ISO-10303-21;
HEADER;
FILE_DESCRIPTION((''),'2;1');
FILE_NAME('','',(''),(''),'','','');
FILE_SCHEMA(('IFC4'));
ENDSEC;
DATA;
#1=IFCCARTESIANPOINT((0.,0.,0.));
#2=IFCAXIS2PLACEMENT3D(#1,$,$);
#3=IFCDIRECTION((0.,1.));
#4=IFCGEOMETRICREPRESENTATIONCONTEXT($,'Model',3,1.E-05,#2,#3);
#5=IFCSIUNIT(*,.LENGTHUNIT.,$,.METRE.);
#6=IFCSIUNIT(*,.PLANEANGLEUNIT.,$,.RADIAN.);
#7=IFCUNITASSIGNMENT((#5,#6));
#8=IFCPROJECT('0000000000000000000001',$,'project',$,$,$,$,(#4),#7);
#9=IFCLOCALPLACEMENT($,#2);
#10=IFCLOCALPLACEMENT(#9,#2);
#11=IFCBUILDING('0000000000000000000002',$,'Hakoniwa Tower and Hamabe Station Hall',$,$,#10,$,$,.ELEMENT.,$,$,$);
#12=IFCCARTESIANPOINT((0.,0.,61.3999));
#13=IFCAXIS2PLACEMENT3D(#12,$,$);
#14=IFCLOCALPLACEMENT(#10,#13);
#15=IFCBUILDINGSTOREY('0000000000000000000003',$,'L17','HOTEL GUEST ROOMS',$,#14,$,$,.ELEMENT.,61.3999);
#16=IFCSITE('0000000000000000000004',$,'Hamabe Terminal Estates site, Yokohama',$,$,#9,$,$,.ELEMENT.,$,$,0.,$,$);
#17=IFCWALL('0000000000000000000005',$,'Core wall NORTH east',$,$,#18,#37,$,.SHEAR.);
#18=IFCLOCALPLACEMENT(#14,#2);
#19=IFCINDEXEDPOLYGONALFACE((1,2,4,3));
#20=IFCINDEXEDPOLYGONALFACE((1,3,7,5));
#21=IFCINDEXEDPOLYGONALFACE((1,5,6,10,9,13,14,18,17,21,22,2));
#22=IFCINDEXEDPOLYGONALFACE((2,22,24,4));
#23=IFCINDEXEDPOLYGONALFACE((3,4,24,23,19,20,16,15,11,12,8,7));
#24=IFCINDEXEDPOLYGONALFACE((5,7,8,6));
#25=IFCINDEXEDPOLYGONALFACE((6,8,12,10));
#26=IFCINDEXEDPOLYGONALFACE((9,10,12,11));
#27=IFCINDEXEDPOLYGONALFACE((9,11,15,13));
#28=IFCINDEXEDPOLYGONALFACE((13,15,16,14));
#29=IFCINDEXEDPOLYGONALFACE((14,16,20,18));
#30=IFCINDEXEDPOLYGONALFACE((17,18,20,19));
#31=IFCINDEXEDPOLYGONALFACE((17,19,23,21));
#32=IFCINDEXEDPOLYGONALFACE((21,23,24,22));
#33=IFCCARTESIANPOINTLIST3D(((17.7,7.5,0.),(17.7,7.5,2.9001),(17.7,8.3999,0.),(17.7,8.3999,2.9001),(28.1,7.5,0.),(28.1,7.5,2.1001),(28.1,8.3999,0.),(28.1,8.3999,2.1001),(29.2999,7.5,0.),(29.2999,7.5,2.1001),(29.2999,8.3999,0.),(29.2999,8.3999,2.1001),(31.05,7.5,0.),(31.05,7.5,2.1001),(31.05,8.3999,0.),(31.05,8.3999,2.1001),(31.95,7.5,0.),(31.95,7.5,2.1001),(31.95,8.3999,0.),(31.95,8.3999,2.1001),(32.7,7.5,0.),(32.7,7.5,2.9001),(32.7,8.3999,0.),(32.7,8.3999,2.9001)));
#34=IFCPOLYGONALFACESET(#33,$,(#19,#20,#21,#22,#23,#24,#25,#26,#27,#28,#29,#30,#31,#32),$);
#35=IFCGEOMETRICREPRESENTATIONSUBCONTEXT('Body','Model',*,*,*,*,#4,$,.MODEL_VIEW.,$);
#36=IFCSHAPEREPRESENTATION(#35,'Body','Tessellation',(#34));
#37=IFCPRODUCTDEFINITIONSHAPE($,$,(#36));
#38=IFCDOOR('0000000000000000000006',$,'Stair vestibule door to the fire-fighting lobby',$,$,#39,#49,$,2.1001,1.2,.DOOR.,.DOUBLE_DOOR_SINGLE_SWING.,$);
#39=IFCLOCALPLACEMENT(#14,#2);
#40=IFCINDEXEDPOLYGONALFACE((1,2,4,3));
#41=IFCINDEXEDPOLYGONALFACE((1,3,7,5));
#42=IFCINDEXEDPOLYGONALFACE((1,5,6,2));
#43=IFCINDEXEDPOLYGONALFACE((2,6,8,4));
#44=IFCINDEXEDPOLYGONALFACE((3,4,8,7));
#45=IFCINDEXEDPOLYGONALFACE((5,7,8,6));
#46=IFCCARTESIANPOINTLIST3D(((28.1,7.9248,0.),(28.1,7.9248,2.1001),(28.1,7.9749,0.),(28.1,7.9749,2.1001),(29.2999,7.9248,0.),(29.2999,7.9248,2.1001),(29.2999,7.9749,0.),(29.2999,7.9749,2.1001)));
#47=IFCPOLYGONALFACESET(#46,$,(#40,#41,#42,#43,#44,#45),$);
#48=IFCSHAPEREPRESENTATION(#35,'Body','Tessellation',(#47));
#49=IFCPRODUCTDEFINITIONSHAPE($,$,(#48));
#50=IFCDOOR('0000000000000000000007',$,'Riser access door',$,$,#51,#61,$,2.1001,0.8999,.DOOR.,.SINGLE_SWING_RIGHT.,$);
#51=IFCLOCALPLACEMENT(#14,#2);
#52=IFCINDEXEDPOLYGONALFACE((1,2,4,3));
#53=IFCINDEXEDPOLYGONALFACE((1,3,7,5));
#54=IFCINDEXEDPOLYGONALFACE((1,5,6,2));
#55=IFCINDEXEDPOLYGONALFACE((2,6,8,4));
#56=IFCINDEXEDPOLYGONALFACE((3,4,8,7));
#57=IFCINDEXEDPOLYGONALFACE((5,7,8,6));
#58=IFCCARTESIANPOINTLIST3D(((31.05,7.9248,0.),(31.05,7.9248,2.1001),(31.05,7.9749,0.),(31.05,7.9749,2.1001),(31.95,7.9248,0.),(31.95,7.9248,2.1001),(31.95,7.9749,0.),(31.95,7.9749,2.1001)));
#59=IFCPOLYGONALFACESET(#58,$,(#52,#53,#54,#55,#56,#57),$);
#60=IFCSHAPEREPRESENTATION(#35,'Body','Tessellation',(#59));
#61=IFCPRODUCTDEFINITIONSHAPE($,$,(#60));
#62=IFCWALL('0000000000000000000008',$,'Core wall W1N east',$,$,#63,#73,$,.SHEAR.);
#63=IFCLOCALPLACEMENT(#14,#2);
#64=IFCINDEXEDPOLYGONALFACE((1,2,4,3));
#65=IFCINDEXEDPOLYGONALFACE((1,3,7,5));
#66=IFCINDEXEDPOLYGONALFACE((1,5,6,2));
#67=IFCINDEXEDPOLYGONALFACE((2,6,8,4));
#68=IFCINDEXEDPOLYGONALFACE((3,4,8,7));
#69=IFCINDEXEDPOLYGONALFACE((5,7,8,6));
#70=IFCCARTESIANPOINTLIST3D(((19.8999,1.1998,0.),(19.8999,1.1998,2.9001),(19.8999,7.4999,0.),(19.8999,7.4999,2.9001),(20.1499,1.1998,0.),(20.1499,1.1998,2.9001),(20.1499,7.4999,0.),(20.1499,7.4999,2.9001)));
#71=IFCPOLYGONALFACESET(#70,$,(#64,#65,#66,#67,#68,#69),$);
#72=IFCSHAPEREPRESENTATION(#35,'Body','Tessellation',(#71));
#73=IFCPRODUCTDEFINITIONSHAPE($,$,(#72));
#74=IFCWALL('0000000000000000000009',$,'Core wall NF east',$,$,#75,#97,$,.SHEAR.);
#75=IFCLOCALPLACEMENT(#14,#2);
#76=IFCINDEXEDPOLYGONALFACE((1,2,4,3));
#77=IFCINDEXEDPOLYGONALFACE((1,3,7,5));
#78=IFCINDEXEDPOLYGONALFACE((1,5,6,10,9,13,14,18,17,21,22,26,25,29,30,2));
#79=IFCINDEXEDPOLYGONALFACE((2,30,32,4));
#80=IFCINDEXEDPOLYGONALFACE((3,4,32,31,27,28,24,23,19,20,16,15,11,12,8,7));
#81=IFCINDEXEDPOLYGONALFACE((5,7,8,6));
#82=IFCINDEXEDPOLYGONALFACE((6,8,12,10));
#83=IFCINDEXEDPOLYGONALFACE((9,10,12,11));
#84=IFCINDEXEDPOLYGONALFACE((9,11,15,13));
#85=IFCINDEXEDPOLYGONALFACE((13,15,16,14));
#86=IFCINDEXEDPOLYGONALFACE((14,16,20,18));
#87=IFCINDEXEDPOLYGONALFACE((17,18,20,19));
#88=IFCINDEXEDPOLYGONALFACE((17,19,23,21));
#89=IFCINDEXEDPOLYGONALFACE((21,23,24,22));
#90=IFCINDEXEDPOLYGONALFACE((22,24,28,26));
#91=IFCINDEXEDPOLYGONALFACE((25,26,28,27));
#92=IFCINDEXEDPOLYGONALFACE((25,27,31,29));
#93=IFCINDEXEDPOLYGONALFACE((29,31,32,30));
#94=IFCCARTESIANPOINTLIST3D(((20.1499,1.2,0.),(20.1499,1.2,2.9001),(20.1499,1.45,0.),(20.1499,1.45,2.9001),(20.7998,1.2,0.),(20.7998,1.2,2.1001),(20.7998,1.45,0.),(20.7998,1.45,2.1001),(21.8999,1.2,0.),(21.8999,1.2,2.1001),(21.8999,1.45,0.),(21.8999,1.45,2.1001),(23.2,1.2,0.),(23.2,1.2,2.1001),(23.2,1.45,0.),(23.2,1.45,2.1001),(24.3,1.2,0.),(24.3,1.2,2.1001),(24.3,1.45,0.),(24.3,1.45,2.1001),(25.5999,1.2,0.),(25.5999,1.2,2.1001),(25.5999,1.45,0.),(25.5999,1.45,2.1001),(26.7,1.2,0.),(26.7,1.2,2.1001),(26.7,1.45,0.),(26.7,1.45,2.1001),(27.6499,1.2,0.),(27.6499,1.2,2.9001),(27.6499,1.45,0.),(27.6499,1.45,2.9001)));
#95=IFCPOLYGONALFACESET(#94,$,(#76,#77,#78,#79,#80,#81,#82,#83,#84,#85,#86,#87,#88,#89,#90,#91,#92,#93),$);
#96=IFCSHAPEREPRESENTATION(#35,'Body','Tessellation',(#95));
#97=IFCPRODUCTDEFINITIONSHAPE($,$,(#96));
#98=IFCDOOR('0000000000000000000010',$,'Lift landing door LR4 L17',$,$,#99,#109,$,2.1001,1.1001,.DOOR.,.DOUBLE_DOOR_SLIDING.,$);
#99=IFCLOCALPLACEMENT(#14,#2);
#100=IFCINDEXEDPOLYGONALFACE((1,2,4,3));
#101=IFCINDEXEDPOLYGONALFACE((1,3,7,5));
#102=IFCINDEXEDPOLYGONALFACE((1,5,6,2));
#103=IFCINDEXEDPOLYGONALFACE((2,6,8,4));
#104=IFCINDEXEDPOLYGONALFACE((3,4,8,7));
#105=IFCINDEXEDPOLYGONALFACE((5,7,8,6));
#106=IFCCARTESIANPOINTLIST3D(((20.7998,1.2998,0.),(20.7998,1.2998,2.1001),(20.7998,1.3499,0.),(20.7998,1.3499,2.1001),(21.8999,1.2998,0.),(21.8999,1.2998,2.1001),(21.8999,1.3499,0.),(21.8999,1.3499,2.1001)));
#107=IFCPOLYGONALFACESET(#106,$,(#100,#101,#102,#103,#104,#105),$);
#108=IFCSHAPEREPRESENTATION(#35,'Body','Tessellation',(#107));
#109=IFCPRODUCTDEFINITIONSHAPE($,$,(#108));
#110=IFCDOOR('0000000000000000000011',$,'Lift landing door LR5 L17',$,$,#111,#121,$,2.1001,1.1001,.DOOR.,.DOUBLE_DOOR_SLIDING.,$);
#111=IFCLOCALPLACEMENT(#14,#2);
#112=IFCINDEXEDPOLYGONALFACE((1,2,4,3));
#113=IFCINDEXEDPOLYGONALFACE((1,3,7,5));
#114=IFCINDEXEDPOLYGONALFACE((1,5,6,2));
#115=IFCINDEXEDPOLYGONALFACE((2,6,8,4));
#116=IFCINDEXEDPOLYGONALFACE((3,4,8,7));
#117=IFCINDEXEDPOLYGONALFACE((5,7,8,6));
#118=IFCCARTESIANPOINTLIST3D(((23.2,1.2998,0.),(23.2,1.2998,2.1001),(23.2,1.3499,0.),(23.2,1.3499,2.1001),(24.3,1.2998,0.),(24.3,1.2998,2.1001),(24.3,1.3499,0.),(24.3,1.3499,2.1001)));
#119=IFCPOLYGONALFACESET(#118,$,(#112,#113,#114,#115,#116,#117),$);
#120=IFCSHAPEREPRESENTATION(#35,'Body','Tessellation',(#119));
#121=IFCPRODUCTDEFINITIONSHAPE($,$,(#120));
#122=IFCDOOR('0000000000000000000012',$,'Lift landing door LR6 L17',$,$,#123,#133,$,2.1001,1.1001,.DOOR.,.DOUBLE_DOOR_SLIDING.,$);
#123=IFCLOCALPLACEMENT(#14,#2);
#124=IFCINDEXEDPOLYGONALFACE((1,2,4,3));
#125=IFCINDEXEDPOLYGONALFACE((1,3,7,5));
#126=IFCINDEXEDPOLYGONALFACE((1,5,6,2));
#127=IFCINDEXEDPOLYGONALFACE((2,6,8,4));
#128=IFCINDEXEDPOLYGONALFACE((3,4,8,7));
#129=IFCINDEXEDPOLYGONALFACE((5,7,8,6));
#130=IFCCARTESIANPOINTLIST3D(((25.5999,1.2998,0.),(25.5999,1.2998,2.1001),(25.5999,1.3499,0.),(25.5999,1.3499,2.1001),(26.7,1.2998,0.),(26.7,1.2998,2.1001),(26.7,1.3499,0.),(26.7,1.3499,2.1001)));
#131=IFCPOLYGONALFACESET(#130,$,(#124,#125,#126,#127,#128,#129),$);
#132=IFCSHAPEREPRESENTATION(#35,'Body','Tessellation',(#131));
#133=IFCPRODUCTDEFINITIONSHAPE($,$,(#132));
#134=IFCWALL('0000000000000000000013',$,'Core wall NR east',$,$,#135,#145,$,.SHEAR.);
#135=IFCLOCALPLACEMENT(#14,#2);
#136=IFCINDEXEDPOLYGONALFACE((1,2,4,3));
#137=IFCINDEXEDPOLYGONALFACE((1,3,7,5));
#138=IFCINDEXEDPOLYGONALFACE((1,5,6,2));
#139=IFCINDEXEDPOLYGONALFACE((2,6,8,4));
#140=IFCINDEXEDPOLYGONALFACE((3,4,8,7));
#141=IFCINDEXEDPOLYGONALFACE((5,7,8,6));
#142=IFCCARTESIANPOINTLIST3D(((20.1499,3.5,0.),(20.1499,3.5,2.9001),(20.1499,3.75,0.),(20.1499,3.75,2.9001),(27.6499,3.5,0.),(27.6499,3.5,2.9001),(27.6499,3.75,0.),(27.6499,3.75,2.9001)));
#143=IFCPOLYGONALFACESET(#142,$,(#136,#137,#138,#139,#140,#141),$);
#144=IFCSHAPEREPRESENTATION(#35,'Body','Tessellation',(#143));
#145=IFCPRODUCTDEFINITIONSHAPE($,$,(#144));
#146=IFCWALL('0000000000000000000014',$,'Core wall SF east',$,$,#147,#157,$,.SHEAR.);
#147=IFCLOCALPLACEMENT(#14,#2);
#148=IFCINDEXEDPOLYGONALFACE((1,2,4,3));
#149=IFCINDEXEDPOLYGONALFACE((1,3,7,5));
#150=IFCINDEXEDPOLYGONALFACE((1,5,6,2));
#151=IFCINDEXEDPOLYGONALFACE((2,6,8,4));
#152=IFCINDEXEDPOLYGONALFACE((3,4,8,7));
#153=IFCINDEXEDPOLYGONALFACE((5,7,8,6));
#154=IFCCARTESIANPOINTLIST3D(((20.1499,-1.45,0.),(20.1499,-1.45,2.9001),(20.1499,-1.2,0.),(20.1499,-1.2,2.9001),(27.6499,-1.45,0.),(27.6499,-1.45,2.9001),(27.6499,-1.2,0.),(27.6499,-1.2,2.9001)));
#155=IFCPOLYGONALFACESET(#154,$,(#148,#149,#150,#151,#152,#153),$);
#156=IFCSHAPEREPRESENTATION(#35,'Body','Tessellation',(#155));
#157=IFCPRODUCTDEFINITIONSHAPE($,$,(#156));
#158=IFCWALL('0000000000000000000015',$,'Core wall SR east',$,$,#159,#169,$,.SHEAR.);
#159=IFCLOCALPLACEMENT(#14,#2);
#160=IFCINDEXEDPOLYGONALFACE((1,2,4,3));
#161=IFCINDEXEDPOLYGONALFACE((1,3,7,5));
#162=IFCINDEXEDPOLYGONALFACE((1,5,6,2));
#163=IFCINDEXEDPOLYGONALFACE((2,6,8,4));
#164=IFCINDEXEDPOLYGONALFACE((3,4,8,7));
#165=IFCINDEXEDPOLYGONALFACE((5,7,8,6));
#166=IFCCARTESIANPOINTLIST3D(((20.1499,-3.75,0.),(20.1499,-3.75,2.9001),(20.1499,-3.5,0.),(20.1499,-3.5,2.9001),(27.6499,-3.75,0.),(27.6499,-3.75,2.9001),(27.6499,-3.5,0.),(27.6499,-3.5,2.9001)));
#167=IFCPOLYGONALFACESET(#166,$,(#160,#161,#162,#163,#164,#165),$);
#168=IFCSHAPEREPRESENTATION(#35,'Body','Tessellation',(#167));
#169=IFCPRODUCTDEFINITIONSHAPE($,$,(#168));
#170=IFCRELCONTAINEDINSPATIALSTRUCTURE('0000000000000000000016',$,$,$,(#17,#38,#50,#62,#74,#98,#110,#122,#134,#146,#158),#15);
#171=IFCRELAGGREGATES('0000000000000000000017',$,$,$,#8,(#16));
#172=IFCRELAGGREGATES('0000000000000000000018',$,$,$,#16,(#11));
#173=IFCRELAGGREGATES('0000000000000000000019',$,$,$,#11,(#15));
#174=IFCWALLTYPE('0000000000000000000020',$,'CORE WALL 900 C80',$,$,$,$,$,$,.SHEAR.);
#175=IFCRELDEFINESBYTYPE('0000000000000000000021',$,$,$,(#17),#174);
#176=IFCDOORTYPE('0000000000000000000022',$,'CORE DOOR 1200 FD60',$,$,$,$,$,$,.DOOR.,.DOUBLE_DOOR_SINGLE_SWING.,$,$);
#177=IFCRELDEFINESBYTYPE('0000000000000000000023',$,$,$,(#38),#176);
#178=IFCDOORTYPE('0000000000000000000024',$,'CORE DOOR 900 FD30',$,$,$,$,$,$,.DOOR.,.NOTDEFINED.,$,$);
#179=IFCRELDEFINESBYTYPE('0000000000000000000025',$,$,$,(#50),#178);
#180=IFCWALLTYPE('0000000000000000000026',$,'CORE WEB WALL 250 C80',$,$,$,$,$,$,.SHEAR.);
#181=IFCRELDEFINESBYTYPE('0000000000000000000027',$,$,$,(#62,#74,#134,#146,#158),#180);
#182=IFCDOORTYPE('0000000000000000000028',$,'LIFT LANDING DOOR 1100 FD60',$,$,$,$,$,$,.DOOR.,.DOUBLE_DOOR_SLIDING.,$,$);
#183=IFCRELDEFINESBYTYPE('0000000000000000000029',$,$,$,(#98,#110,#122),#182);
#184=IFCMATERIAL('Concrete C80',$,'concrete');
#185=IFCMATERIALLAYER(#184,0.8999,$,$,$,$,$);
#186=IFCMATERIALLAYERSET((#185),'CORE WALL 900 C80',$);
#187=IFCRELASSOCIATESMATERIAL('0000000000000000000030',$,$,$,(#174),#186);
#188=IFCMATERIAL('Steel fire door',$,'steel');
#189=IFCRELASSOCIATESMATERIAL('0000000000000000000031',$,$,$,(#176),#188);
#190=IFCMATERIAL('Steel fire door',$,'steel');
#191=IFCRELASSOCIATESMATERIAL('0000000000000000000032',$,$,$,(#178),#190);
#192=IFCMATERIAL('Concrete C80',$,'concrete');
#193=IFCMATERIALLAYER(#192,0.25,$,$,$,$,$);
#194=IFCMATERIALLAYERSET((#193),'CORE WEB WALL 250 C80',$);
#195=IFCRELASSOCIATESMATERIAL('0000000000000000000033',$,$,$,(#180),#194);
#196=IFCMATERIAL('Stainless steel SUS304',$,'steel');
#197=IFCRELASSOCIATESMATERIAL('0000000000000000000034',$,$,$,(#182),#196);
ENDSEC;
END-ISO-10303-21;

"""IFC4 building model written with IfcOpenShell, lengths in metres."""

from ifc_helpers import new_model, si_unit, direction, frame, frame_2d, origin, place, context, subcontext, project, spatial, rectangle, extrude, material, layer, layer_set, type_object, element, fill, save


model = new_model("IFC4")

# Units and contexts
model_context = context("Model", 3, precision=1e-05, world=origin(), true_north=direction((0.0, 1.0)))
body_context = subcontext(model_context, "Body", "Model", "MODEL_VIEW")
ifc_project = project(units=[si_unit("LENGTHUNIT", "METRE"), si_unit("PLANEANGLEUNIT", "RADIAN")], contexts=[model_context])

# Site, building, storey
site_placement = place(None, origin())
site = spatial("IfcSite", under=ifc_project, at=site_placement, Name="Hamabe Terminal Estates site, Yokohama", CompositionType="ELEMENT", RefElevation=0.0)
building_placement = place(site_placement, origin())
building = spatial("IfcBuilding", under=site, at=building_placement, Name="Hakoniwa Tower and Hamabe Station Hall", CompositionType="ELEMENT")
storey_placement = place(building_placement, frame((0.0, 0.0, 61.3999)))
storey = spatial("IfcBuildingStorey", under=building, at=storey_placement, Name="L17", Description="HOTEL GUEST ROOMS", CompositionType="ELEMENT", Elevation=61.3999)

# Wall, openings, doors
ifc_material_1 = material(Name="Concrete C80", Category="concrete")
ifc_layer_1 = layer(ifc_material_1, 0.8999)
ifc_layer_set_1 = layer_set([ifc_layer_1], Name="CORE WALL 900 C80")
wall_type_1 = type_object("IfcWallType", Name="CORE WALL 900 C80", PredefinedType="SHEAR", material=ifc_layer_set_1)
wall_1_placement = place(storey_placement, frame((17.7, 7.95, 0.0), z_axis=(0.0, 0.0, 1.0), x_axis=(1.0, 0.0, 0.0)))
wall_1 = element("IfcWall", 1, at=wall_1_placement, inside=storey, type_object=wall_type_1, Name="Core wall NORTH east", PredefinedType="SHEAR", context=body_context, shape_type="SweptSolid", body=[
    extrude(rectangle(XDim=15.0, YDim=0.8999, at=frame_2d((7.5, 0.0))), origin(), (0.0, 0.0, 1.0), 2.9001),
])
opening_1_placement = place(wall_1_placement, frame((10.3999, 0.0, 0.0)))
opening_1 = element("IfcOpeningElement", 2, at=opening_1_placement, cuts=wall_1, PredefinedType="OPENING", context=body_context, shape_type="SweptSolid", body=[
    extrude(rectangle(XDim=1.2, YDim=2.1001, at=frame_2d((0.6001, 1.05))), frame((0.0, 0.46, 0.0), z_axis=(0.0, -1.0, 0.0), x_axis=(1.0, 0.0, 0.0)), (0.0, 0.0, 1.0), 0.9199),
])
opening_2_placement = place(wall_1_placement, frame((13.3501, 0.0, 0.0)))
opening_2 = element("IfcOpeningElement", 3, at=opening_2_placement, cuts=wall_1, PredefinedType="OPENING", context=body_context, shape_type="SweptSolid", body=[
    extrude(rectangle(XDim=0.8999, YDim=2.1001, at=frame_2d((0.45, 1.05))), frame((0.0, 0.46, 0.0), z_axis=(0.0, -1.0, 0.0), x_axis=(1.0, 0.0, 0.0)), (0.0, 0.0, 1.0), 0.9199),
])
ifc_material_2 = material(Name="Steel fire door", Category="steel")
door_type_1 = type_object("IfcDoorType", Name="CORE DOOR 1200 FD60", OperationType="DOUBLE_DOOR_SINGLE_SWING", PredefinedType="DOOR", material=ifc_material_2)
door_1_placement = place(opening_1_placement, origin())
door_1 = element("IfcDoor", 4, at=door_1_placement, inside=storey, type_object=door_type_1, Name="Stair vestibule door to the fire-fighting lobby", OperationType="DOUBLE_DOOR_SINGLE_SWING", OverallHeight=2.1001, OverallWidth=1.2, PredefinedType="DOOR", context=body_context, shape_type="SweptSolid", body=[
    extrude(rectangle(XDim=1.2, YDim=2.1001, at=frame_2d((0.6001, 1.05))), frame((0.0, 0.0249, 0.0), z_axis=(0.0, -1.0, 0.0), x_axis=(1.0, 0.0, 0.0)), (0.0, 0.0, 1.0), 0.05),
])
fill(opening_1, door_1)
ifc_material_3 = material(Name="Steel fire door", Category="steel")
door_type_2 = type_object("IfcDoorType", Name="CORE DOOR 900 FD30", OperationType="NOTDEFINED", PredefinedType="DOOR", material=ifc_material_3)
door_2_placement = place(opening_2_placement, origin())
door_2 = element("IfcDoor", 5, at=door_2_placement, inside=storey, type_object=door_type_2, Name="Riser access door", OperationType="SINGLE_SWING_RIGHT", OverallHeight=2.1001, OverallWidth=0.8999, PredefinedType="DOOR", context=body_context, shape_type="SweptSolid", body=[
    extrude(rectangle(XDim=0.8999, YDim=2.1001, at=frame_2d((0.45, 1.05))), frame((0.0, 0.0249, 0.0), z_axis=(0.0, -1.0, 0.0), x_axis=(1.0, 0.0, 0.0)), (0.0, 0.0, 1.0), 0.05),
])
fill(opening_2, door_2)

# Wall
ifc_material_4 = material(Name="Concrete C80", Category="concrete")
ifc_layer_2 = layer(ifc_material_4, 0.25)
ifc_layer_set_2 = layer_set([ifc_layer_2], Name="CORE WEB WALL 250 C80")
wall_type_2 = type_object("IfcWallType", Name="CORE WEB WALL 250 C80", PredefinedType="SHEAR", material=ifc_layer_set_2)
wall_2_placement = place(storey_placement, frame((20.0249, 1.2, 0.0), z_axis=(0.0, 0.0, 1.0), x_axis=(0.0, 1.0, 0.0)))
element("IfcWall", 6, at=wall_2_placement, inside=storey, type_object=wall_type_2, Name="Core wall W1N east", PredefinedType="SHEAR", context=body_context, shape_type="SweptSolid", body=[
    extrude(rectangle(XDim=6.3, YDim=0.25, at=frame_2d((3.1499, 0.0))), origin(), (0.0, 0.0, 1.0), 2.9001),
])

# Wall, openings, doors
wall_3_placement = place(storey_placement, frame((20.1499, 1.325, 0.0), z_axis=(0.0, 0.0, 1.0), x_axis=(1.0, 0.0, 0.0)))
wall_3 = element("IfcWall", 7, at=wall_3_placement, inside=storey, type_object=wall_type_2, Name="Core wall NF east", PredefinedType="SHEAR", context=body_context, shape_type="SweptSolid", body=[
    extrude(rectangle(XDim=7.5, YDim=0.25, at=frame_2d((3.75, 0.0))), origin(), (0.0, 0.0, 1.0), 2.9001),
])
opening_3_placement = place(wall_3_placement, frame((0.6499, 0.0, 0.0)))
opening_3 = element("IfcOpeningElement", 8, at=opening_3_placement, cuts=wall_3, PredefinedType="OPENING", context=body_context, shape_type="SweptSolid", body=[
    extrude(rectangle(XDim=1.1001, YDim=2.1001, at=frame_2d((0.55, 1.05))), frame((0.0, 0.135, 0.0), z_axis=(0.0, -1.0, 0.0), x_axis=(1.0, 0.0, 0.0)), (0.0, 0.0, 1.0), 0.27),
])
opening_4_placement = place(wall_3_placement, frame((3.05, 0.0, 0.0)))
opening_4 = element("IfcOpeningElement", 9, at=opening_4_placement, cuts=wall_3, PredefinedType="OPENING", context=body_context, shape_type="SweptSolid", body=[
    extrude(rectangle(XDim=1.1001, YDim=2.1001, at=frame_2d((0.55, 1.05))), frame((0.0, 0.135, 0.0), z_axis=(0.0, -1.0, 0.0), x_axis=(1.0, 0.0, 0.0)), (0.0, 0.0, 1.0), 0.27),
])
opening_5_placement = place(wall_3_placement, frame((5.45, 0.0, 0.0)))
opening_5 = element("IfcOpeningElement", 10, at=opening_5_placement, cuts=wall_3, PredefinedType="OPENING", context=body_context, shape_type="SweptSolid", body=[
    extrude(rectangle(XDim=1.1001, YDim=2.1001, at=frame_2d((0.55, 1.05))), frame((0.0, 0.135, 0.0), z_axis=(0.0, -1.0, 0.0), x_axis=(1.0, 0.0, 0.0)), (0.0, 0.0, 1.0), 0.27),
])
ifc_material_5 = material(Name="Stainless steel SUS304", Category="steel")
door_type_3 = type_object("IfcDoorType", Name="LIFT LANDING DOOR 1100 FD60", OperationType="DOUBLE_DOOR_SLIDING", PredefinedType="DOOR", material=ifc_material_5)
door_3_placement = place(opening_3_placement, origin())
door_3 = element("IfcDoor", 11, at=door_3_placement, inside=storey, type_object=door_type_3, Name="Lift landing door LR4 L17", OperationType="DOUBLE_DOOR_SLIDING", OverallHeight=2.1001, OverallWidth=1.1001, PredefinedType="DOOR", context=body_context, shape_type="SweptSolid", body=[
    extrude(rectangle(XDim=1.1001, YDim=2.1001, at=frame_2d((0.55, 1.05))), frame((0.0, 0.0249, 0.0), z_axis=(0.0, -1.0, 0.0), x_axis=(1.0, 0.0, 0.0)), (0.0, 0.0, 1.0), 0.05),
])
fill(opening_3, door_3)
door_4_placement = place(opening_4_placement, origin())
door_4 = element("IfcDoor", 12, at=door_4_placement, inside=storey, type_object=door_type_3, Name="Lift landing door LR5 L17", OperationType="DOUBLE_DOOR_SLIDING", OverallHeight=2.1001, OverallWidth=1.1001, PredefinedType="DOOR", context=body_context, shape_type="SweptSolid", body=[
    extrude(rectangle(XDim=1.1001, YDim=2.1001, at=frame_2d((0.55, 1.05))), frame((0.0, 0.0249, 0.0), z_axis=(0.0, -1.0, 0.0), x_axis=(1.0, 0.0, 0.0)), (0.0, 0.0, 1.0), 0.05),
])
fill(opening_4, door_4)
door_5_placement = place(opening_5_placement, origin())
door_5 = element("IfcDoor", 13, at=door_5_placement, inside=storey, type_object=door_type_3, Name="Lift landing door LR6 L17", OperationType="DOUBLE_DOOR_SLIDING", OverallHeight=2.1001, OverallWidth=1.1001, PredefinedType="DOOR", context=body_context, shape_type="SweptSolid", body=[
    extrude(rectangle(XDim=1.1001, YDim=2.1001, at=frame_2d((0.55, 1.05))), frame((0.0, 0.0249, 0.0), z_axis=(0.0, -1.0, 0.0), x_axis=(1.0, 0.0, 0.0)), (0.0, 0.0, 1.0), 0.05),
])
fill(opening_5, door_5)

# Walls
for number, where, z_axis, x_axis, name in (
    (14, (20.1499, 3.625, 0.0), (0.0, 0.0, 1.0), (1.0, 0.0, 0.0), "Core wall NR east"),
    (15, (20.1499, -1.325, 0.0), (0.0, 0.0, 1.0), (1.0, 0.0, 0.0), "Core wall SF east"),
    (16, (20.1499, -3.625, 0.0), (0.0, 0.0, 1.0), (1.0, 0.0, 0.0), "Core wall SR east"),
):
    element("IfcWall", number, at=place(storey_placement, frame(where, z_axis=z_axis, x_axis=x_axis)), inside=storey, type_object=wall_type_2, Name=name, PredefinedType="SHEAR", context=body_context, shape_type="SweptSolid", body=[
        extrude(rectangle(XDim=7.5, YDim=0.25, at=frame_2d((3.75, 0.0))), origin(), (0.0, 0.0, 1.0), 2.9001),
    ])

save(model, "model.ifc")
